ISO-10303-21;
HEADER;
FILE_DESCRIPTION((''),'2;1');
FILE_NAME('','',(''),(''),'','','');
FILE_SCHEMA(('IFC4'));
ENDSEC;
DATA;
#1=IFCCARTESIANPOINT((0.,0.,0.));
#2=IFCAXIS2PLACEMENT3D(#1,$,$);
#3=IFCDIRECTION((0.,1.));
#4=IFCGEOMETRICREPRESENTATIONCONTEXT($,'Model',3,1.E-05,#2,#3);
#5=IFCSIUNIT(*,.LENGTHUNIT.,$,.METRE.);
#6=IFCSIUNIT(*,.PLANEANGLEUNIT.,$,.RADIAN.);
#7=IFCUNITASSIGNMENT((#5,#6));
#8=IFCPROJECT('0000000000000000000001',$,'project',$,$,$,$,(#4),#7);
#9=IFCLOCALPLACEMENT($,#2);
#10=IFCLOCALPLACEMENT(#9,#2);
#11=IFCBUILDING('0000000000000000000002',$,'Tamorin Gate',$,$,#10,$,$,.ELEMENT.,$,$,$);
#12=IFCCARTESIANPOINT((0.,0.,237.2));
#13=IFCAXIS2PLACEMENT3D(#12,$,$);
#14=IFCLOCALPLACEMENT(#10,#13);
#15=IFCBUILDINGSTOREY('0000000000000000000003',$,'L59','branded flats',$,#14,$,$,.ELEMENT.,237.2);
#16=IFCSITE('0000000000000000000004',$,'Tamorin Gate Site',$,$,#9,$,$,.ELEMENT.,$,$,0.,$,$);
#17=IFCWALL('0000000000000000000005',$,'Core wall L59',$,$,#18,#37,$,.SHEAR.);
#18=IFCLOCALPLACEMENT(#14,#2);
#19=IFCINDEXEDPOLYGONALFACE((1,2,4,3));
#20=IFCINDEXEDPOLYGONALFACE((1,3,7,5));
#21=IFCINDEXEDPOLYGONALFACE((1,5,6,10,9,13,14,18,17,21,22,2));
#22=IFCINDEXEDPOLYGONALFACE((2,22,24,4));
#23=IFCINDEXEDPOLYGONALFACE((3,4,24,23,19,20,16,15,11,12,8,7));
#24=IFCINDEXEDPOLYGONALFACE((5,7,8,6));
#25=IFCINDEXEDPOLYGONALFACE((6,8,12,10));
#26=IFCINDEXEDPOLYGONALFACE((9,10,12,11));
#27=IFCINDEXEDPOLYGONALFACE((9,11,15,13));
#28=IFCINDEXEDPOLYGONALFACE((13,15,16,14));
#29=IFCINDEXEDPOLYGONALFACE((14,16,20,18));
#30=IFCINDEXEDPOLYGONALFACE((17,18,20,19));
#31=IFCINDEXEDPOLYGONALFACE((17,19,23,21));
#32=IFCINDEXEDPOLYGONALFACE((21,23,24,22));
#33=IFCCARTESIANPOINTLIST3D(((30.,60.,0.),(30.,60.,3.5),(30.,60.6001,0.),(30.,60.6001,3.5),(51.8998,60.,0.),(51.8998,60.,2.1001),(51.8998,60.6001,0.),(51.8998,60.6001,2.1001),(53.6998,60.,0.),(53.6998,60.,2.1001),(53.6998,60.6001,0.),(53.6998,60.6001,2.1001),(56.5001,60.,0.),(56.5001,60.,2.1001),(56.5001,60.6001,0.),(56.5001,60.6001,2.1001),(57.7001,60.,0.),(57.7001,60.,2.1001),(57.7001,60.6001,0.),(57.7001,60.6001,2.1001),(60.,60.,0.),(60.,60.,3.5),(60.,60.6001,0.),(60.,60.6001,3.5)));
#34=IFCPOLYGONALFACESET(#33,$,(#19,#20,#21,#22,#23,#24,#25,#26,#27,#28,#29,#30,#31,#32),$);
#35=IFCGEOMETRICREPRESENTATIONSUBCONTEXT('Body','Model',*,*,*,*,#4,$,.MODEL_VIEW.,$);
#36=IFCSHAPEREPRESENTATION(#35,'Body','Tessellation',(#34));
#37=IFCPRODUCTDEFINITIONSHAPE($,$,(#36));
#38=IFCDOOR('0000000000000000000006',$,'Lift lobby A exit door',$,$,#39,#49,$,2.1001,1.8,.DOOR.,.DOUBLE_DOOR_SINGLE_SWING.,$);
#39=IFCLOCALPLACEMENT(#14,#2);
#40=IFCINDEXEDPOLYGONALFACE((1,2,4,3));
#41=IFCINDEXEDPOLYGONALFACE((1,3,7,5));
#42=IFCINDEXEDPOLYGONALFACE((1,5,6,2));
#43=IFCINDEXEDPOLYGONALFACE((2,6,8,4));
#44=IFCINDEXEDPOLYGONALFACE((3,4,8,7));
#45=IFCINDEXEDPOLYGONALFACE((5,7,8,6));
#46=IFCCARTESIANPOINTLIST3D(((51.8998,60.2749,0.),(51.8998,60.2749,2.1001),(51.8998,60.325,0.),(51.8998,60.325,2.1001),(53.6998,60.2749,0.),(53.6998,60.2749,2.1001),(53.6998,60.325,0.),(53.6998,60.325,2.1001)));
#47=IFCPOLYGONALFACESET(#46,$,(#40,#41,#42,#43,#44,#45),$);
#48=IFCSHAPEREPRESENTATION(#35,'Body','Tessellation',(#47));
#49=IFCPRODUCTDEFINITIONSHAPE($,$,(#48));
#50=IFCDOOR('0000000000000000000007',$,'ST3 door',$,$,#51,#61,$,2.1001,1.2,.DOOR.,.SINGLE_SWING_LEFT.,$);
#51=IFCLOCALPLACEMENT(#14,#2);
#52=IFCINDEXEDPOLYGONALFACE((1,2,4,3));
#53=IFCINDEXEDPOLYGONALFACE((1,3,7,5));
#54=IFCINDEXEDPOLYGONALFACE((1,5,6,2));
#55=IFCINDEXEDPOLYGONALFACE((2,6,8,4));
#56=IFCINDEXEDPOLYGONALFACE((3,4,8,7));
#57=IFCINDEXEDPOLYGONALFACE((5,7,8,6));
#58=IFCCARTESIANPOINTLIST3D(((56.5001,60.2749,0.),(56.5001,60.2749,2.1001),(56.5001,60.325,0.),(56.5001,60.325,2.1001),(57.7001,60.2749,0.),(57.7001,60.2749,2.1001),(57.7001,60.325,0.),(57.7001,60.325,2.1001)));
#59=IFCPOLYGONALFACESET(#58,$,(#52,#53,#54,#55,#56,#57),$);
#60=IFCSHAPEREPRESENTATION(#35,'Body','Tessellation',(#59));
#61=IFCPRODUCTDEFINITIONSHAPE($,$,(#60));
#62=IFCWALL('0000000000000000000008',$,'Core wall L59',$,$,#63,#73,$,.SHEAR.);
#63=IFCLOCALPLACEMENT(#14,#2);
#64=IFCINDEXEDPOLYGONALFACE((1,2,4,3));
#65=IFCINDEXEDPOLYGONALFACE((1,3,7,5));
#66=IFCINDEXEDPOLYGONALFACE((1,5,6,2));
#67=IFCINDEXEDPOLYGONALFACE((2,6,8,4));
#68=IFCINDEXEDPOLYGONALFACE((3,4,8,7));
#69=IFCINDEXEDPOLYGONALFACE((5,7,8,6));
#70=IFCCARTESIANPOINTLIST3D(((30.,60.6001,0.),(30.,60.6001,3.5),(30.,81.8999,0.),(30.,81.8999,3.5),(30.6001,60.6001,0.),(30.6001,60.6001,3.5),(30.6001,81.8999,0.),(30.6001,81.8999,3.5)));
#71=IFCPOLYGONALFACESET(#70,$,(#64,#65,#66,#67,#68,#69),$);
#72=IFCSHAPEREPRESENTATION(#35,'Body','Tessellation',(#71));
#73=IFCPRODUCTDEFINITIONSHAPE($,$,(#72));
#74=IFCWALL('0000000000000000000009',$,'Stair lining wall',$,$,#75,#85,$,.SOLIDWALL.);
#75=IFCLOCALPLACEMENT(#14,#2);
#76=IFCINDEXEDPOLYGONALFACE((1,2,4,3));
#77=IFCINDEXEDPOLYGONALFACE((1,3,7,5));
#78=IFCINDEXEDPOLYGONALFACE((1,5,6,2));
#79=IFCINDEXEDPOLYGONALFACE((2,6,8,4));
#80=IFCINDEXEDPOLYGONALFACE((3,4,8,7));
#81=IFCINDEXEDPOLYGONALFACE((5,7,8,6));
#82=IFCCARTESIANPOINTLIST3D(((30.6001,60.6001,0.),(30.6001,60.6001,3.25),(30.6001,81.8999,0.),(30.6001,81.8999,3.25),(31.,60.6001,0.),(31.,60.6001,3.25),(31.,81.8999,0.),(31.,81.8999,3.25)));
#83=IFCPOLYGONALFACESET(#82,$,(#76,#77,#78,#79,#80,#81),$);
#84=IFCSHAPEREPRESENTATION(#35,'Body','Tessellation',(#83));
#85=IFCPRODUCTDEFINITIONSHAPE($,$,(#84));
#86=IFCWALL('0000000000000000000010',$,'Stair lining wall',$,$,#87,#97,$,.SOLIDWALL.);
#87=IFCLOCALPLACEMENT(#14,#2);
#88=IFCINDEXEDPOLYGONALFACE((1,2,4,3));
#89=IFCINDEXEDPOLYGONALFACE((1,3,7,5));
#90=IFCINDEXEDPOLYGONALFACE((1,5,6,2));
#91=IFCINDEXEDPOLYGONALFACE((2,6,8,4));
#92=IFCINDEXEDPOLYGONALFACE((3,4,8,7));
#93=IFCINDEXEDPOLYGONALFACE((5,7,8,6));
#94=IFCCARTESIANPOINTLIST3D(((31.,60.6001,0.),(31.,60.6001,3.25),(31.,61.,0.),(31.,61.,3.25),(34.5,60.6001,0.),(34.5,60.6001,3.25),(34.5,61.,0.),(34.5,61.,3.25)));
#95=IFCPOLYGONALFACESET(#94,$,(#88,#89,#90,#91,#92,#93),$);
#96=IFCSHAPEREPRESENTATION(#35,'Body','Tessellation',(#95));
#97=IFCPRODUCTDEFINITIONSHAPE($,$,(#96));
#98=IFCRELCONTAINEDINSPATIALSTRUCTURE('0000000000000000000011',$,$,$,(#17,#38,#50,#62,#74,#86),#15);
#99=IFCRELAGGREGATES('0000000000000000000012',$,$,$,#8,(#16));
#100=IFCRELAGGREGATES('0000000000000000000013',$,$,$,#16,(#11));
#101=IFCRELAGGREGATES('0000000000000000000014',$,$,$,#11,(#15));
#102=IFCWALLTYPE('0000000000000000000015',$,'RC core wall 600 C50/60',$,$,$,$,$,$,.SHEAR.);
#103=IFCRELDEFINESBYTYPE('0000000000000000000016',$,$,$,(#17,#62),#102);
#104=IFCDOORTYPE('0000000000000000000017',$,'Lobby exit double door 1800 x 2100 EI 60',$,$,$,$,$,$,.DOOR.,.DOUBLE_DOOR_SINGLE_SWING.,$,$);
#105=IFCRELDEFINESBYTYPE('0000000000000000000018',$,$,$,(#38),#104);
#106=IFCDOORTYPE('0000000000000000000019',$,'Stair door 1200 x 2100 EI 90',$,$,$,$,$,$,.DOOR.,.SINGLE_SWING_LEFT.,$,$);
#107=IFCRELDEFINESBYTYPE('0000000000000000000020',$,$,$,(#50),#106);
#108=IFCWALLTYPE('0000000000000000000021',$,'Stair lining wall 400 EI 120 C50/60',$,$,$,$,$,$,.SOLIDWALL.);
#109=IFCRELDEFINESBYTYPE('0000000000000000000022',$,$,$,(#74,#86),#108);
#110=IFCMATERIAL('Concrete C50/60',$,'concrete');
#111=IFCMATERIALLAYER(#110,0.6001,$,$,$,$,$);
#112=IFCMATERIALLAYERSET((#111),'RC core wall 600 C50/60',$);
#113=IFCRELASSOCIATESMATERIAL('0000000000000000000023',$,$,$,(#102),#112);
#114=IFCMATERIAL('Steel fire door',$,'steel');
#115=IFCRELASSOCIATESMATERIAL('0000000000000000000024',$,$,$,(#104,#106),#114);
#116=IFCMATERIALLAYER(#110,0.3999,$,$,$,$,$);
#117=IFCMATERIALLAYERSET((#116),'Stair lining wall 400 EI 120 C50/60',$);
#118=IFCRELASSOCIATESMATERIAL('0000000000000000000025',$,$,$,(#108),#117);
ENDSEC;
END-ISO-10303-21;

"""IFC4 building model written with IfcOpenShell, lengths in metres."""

from ifc_helpers import new_model, si_unit, direction, frame, frame_2d, origin, place, context, subcontext, project, spatial, rectangle, extrude, material, layer, layer_set, type_object, element, fill, save


model = new_model("IFC4")

# Units and contexts
model_context = context("Model", 3, precision=1e-05, world=origin(), true_north=direction((0.0, 1.0)))
body_context = subcontext(model_context, "Body", "Model", "MODEL_VIEW")
ifc_project = project(units=[si_unit("LENGTHUNIT", "METRE"), si_unit("PLANEANGLEUNIT", "RADIAN")], contexts=[model_context])

# Site, building, storey
site_placement = place(None, origin())
site = spatial("IfcSite", under=ifc_project, at=site_placement, Name="Tamorin Gate Site", CompositionType="ELEMENT", RefElevation=0.0)
building_placement = place(site_placement, origin())
building = spatial("IfcBuilding", under=site, at=building_placement, Name="Tamorin Gate", CompositionType="ELEMENT")
storey_placement = place(building_placement, frame((0.0, 0.0, 237.2)))
storey = spatial("IfcBuildingStorey", under=building, at=storey_placement, Name="L59", Description="branded flats", CompositionType="ELEMENT", Elevation=237.2)

# Shared definitions
ifc_material_1 = material(Name="Concrete C50/60", Category="concrete")

# Wall, openings, doors
ifc_layer_1 = layer(ifc_material_1, 0.6001)
ifc_layer_set_1 = layer_set([ifc_layer_1], Name="RC core wall 600 C50/60")
wall_type_1 = type_object("IfcWallType", Name="RC core wall 600 C50/60", PredefinedType="SHEAR", material=ifc_layer_set_1)
wall_1_placement = place(storey_placement, frame((30.0, 60.3, 0.0), z_axis=(0.0, 0.0, 1.0), x_axis=(1.0, 0.0, 0.0)))
wall_1 = element("IfcWall", 1, at=wall_1_placement, inside=storey, type_object=wall_type_1, Name="Core wall L59", PredefinedType="SHEAR", context=body_context, shape_type="SweptSolid", body=[
    extrude(rectangle(XDim=30.0, YDim=0.6001, at=frame_2d((15.0, 0.0))), origin(), (0.0, 0.0, 1.0), 3.5),
])
opening_1_placement = place(wall_1_placement, frame((21.8999, 0.0, 0.0)))
opening_1 = element("IfcOpeningElement", 2, at=opening_1_placement, cuts=wall_1, PredefinedType="OPENING", context=body_context, shape_type="SweptSolid", body=[
    extrude(rectangle(XDim=1.8, YDim=2.1001, at=frame_2d((0.8999, 1.05))), frame((0.0, 0.3101, 0.0), z_axis=(0.0, -1.0, 0.0), x_axis=(1.0, 0.0, 0.0)), (0.0, 0.0, 1.0), 0.6201),
])
opening_2_placement = place(wall_1_placement, frame((26.5, 0.0, 0.0)))
opening_2 = element("IfcOpeningElement", 3, at=opening_2_placement, cuts=wall_1, PredefinedType="OPENING", context=body_context, shape_type="SweptSolid", body=[
    extrude(rectangle(XDim=1.2, YDim=2.1001, at=frame_2d((0.6001, 1.05))), frame((0.0, 0.3101, 0.0), z_axis=(0.0, -1.0, 0.0), x_axis=(1.0, 0.0, 0.0)), (0.0, 0.0, 1.0), 0.6201),
])
ifc_material_2 = material(Name="Steel fire door", Category="steel")
door_type_1 = type_object("IfcDoorType", Name="Lobby exit double door 1800 x 2100 EI 60", OperationType="DOUBLE_DOOR_SINGLE_SWING", PredefinedType="DOOR", material=ifc_material_2)
door_1_placement = place(opening_1_placement, origin())
door_1 = element("IfcDoor", 4, at=door_1_placement, inside=storey, type_object=door_type_1, Name="Lift lobby A exit door", OperationType="DOUBLE_DOOR_SINGLE_SWING", OverallHeight=2.1001, OverallWidth=1.8, PredefinedType="DOOR", context=body_context, shape_type="SweptSolid", body=[
    extrude(rectangle(XDim=1.8, YDim=2.1001, at=frame_2d((0.8999, 1.05))), frame((0.0, 0.0249, 0.0), z_axis=(0.0, -1.0, 0.0), x_axis=(1.0, 0.0, 0.0)), (0.0, 0.0, 1.0), 0.05),
])
fill(opening_1, door_1)
door_type_2 = type_object("IfcDoorType", Name="Stair door 1200 x 2100 EI 90", OperationType="SINGLE_SWING_LEFT", PredefinedType="DOOR", material=ifc_material_2)
door_2_placement = place(opening_2_placement, origin())
door_2 = element("IfcDoor", 5, at=door_2_placement, inside=storey, type_object=door_type_2, Name="ST3 door", OperationType="SINGLE_SWING_LEFT", OverallHeight=2.1001, OverallWidth=1.2, PredefinedType="DOOR", context=body_context, shape_type="SweptSolid", body=[
    extrude(rectangle(XDim=1.2, YDim=2.1001, at=frame_2d((0.6001, 1.05))), frame((0.0, 0.0249, 0.0), z_axis=(0.0, -1.0, 0.0), x_axis=(1.0, 0.0, 0.0)), (0.0, 0.0, 1.0), 0.05),
])
fill(opening_2, door_2)

# Walls
wall_2_placement = place(storey_placement, frame((30.3, 60.6001, 0.0), z_axis=(0.0, 0.0, 1.0), x_axis=(0.0, 1.0, 0.0)))
element("IfcWall", 6, at=wall_2_placement, inside=storey, type_object=wall_type_1, Name="Core wall L59", PredefinedType="SHEAR", context=body_context, shape_type="SweptSolid", body=[
    extrude(rectangle(XDim=21.2998, YDim=0.6001, at=frame_2d((10.6499, 0.0))), origin(), (0.0, 0.0, 1.0), 3.5),
])
ifc_layer_2 = layer(ifc_material_1, 0.3999)
ifc_layer_set_2 = layer_set([ifc_layer_2], Name="Stair lining wall 400 EI 120 C50/60")
wall_type_2 = type_object("IfcWallType", Name="Stair lining wall 400 EI 120 C50/60", PredefinedType="SOLIDWALL", material=ifc_layer_set_2)
wall_3_placement = place(storey_placement, frame((30.8, 60.6001, 0.0), z_axis=(0.0, 0.0, 1.0), x_axis=(0.0, 1.0, 0.0)))
element("IfcWall", 7, at=wall_3_placement, inside=storey, type_object=wall_type_2, Name="Stair lining wall", PredefinedType="SOLIDWALL", context=body_context, shape_type="SweptSolid", body=[
    extrude(rectangle(XDim=21.2998, YDim=0.3999, at=frame_2d((10.6499, 0.0))), origin(), (0.0, 0.0, 1.0), 3.25),
])
wall_4_placement = place(storey_placement, frame((31.0, 60.8, 0.0), z_axis=(0.0, 0.0, 1.0), x_axis=(1.0, 0.0, 0.0)))
element("IfcWall", 8, at=wall_4_placement, inside=storey, type_object=wall_type_2, Name="Stair lining wall", PredefinedType="SOLIDWALL", context=body_context, shape_type="SweptSolid", body=[
    extrude(rectangle(XDim=3.5, YDim=0.3999, at=frame_2d((1.75, 0.0))), origin(), (0.0, 0.0, 1.0), 3.25),
])

save(model, "model.ifc")
